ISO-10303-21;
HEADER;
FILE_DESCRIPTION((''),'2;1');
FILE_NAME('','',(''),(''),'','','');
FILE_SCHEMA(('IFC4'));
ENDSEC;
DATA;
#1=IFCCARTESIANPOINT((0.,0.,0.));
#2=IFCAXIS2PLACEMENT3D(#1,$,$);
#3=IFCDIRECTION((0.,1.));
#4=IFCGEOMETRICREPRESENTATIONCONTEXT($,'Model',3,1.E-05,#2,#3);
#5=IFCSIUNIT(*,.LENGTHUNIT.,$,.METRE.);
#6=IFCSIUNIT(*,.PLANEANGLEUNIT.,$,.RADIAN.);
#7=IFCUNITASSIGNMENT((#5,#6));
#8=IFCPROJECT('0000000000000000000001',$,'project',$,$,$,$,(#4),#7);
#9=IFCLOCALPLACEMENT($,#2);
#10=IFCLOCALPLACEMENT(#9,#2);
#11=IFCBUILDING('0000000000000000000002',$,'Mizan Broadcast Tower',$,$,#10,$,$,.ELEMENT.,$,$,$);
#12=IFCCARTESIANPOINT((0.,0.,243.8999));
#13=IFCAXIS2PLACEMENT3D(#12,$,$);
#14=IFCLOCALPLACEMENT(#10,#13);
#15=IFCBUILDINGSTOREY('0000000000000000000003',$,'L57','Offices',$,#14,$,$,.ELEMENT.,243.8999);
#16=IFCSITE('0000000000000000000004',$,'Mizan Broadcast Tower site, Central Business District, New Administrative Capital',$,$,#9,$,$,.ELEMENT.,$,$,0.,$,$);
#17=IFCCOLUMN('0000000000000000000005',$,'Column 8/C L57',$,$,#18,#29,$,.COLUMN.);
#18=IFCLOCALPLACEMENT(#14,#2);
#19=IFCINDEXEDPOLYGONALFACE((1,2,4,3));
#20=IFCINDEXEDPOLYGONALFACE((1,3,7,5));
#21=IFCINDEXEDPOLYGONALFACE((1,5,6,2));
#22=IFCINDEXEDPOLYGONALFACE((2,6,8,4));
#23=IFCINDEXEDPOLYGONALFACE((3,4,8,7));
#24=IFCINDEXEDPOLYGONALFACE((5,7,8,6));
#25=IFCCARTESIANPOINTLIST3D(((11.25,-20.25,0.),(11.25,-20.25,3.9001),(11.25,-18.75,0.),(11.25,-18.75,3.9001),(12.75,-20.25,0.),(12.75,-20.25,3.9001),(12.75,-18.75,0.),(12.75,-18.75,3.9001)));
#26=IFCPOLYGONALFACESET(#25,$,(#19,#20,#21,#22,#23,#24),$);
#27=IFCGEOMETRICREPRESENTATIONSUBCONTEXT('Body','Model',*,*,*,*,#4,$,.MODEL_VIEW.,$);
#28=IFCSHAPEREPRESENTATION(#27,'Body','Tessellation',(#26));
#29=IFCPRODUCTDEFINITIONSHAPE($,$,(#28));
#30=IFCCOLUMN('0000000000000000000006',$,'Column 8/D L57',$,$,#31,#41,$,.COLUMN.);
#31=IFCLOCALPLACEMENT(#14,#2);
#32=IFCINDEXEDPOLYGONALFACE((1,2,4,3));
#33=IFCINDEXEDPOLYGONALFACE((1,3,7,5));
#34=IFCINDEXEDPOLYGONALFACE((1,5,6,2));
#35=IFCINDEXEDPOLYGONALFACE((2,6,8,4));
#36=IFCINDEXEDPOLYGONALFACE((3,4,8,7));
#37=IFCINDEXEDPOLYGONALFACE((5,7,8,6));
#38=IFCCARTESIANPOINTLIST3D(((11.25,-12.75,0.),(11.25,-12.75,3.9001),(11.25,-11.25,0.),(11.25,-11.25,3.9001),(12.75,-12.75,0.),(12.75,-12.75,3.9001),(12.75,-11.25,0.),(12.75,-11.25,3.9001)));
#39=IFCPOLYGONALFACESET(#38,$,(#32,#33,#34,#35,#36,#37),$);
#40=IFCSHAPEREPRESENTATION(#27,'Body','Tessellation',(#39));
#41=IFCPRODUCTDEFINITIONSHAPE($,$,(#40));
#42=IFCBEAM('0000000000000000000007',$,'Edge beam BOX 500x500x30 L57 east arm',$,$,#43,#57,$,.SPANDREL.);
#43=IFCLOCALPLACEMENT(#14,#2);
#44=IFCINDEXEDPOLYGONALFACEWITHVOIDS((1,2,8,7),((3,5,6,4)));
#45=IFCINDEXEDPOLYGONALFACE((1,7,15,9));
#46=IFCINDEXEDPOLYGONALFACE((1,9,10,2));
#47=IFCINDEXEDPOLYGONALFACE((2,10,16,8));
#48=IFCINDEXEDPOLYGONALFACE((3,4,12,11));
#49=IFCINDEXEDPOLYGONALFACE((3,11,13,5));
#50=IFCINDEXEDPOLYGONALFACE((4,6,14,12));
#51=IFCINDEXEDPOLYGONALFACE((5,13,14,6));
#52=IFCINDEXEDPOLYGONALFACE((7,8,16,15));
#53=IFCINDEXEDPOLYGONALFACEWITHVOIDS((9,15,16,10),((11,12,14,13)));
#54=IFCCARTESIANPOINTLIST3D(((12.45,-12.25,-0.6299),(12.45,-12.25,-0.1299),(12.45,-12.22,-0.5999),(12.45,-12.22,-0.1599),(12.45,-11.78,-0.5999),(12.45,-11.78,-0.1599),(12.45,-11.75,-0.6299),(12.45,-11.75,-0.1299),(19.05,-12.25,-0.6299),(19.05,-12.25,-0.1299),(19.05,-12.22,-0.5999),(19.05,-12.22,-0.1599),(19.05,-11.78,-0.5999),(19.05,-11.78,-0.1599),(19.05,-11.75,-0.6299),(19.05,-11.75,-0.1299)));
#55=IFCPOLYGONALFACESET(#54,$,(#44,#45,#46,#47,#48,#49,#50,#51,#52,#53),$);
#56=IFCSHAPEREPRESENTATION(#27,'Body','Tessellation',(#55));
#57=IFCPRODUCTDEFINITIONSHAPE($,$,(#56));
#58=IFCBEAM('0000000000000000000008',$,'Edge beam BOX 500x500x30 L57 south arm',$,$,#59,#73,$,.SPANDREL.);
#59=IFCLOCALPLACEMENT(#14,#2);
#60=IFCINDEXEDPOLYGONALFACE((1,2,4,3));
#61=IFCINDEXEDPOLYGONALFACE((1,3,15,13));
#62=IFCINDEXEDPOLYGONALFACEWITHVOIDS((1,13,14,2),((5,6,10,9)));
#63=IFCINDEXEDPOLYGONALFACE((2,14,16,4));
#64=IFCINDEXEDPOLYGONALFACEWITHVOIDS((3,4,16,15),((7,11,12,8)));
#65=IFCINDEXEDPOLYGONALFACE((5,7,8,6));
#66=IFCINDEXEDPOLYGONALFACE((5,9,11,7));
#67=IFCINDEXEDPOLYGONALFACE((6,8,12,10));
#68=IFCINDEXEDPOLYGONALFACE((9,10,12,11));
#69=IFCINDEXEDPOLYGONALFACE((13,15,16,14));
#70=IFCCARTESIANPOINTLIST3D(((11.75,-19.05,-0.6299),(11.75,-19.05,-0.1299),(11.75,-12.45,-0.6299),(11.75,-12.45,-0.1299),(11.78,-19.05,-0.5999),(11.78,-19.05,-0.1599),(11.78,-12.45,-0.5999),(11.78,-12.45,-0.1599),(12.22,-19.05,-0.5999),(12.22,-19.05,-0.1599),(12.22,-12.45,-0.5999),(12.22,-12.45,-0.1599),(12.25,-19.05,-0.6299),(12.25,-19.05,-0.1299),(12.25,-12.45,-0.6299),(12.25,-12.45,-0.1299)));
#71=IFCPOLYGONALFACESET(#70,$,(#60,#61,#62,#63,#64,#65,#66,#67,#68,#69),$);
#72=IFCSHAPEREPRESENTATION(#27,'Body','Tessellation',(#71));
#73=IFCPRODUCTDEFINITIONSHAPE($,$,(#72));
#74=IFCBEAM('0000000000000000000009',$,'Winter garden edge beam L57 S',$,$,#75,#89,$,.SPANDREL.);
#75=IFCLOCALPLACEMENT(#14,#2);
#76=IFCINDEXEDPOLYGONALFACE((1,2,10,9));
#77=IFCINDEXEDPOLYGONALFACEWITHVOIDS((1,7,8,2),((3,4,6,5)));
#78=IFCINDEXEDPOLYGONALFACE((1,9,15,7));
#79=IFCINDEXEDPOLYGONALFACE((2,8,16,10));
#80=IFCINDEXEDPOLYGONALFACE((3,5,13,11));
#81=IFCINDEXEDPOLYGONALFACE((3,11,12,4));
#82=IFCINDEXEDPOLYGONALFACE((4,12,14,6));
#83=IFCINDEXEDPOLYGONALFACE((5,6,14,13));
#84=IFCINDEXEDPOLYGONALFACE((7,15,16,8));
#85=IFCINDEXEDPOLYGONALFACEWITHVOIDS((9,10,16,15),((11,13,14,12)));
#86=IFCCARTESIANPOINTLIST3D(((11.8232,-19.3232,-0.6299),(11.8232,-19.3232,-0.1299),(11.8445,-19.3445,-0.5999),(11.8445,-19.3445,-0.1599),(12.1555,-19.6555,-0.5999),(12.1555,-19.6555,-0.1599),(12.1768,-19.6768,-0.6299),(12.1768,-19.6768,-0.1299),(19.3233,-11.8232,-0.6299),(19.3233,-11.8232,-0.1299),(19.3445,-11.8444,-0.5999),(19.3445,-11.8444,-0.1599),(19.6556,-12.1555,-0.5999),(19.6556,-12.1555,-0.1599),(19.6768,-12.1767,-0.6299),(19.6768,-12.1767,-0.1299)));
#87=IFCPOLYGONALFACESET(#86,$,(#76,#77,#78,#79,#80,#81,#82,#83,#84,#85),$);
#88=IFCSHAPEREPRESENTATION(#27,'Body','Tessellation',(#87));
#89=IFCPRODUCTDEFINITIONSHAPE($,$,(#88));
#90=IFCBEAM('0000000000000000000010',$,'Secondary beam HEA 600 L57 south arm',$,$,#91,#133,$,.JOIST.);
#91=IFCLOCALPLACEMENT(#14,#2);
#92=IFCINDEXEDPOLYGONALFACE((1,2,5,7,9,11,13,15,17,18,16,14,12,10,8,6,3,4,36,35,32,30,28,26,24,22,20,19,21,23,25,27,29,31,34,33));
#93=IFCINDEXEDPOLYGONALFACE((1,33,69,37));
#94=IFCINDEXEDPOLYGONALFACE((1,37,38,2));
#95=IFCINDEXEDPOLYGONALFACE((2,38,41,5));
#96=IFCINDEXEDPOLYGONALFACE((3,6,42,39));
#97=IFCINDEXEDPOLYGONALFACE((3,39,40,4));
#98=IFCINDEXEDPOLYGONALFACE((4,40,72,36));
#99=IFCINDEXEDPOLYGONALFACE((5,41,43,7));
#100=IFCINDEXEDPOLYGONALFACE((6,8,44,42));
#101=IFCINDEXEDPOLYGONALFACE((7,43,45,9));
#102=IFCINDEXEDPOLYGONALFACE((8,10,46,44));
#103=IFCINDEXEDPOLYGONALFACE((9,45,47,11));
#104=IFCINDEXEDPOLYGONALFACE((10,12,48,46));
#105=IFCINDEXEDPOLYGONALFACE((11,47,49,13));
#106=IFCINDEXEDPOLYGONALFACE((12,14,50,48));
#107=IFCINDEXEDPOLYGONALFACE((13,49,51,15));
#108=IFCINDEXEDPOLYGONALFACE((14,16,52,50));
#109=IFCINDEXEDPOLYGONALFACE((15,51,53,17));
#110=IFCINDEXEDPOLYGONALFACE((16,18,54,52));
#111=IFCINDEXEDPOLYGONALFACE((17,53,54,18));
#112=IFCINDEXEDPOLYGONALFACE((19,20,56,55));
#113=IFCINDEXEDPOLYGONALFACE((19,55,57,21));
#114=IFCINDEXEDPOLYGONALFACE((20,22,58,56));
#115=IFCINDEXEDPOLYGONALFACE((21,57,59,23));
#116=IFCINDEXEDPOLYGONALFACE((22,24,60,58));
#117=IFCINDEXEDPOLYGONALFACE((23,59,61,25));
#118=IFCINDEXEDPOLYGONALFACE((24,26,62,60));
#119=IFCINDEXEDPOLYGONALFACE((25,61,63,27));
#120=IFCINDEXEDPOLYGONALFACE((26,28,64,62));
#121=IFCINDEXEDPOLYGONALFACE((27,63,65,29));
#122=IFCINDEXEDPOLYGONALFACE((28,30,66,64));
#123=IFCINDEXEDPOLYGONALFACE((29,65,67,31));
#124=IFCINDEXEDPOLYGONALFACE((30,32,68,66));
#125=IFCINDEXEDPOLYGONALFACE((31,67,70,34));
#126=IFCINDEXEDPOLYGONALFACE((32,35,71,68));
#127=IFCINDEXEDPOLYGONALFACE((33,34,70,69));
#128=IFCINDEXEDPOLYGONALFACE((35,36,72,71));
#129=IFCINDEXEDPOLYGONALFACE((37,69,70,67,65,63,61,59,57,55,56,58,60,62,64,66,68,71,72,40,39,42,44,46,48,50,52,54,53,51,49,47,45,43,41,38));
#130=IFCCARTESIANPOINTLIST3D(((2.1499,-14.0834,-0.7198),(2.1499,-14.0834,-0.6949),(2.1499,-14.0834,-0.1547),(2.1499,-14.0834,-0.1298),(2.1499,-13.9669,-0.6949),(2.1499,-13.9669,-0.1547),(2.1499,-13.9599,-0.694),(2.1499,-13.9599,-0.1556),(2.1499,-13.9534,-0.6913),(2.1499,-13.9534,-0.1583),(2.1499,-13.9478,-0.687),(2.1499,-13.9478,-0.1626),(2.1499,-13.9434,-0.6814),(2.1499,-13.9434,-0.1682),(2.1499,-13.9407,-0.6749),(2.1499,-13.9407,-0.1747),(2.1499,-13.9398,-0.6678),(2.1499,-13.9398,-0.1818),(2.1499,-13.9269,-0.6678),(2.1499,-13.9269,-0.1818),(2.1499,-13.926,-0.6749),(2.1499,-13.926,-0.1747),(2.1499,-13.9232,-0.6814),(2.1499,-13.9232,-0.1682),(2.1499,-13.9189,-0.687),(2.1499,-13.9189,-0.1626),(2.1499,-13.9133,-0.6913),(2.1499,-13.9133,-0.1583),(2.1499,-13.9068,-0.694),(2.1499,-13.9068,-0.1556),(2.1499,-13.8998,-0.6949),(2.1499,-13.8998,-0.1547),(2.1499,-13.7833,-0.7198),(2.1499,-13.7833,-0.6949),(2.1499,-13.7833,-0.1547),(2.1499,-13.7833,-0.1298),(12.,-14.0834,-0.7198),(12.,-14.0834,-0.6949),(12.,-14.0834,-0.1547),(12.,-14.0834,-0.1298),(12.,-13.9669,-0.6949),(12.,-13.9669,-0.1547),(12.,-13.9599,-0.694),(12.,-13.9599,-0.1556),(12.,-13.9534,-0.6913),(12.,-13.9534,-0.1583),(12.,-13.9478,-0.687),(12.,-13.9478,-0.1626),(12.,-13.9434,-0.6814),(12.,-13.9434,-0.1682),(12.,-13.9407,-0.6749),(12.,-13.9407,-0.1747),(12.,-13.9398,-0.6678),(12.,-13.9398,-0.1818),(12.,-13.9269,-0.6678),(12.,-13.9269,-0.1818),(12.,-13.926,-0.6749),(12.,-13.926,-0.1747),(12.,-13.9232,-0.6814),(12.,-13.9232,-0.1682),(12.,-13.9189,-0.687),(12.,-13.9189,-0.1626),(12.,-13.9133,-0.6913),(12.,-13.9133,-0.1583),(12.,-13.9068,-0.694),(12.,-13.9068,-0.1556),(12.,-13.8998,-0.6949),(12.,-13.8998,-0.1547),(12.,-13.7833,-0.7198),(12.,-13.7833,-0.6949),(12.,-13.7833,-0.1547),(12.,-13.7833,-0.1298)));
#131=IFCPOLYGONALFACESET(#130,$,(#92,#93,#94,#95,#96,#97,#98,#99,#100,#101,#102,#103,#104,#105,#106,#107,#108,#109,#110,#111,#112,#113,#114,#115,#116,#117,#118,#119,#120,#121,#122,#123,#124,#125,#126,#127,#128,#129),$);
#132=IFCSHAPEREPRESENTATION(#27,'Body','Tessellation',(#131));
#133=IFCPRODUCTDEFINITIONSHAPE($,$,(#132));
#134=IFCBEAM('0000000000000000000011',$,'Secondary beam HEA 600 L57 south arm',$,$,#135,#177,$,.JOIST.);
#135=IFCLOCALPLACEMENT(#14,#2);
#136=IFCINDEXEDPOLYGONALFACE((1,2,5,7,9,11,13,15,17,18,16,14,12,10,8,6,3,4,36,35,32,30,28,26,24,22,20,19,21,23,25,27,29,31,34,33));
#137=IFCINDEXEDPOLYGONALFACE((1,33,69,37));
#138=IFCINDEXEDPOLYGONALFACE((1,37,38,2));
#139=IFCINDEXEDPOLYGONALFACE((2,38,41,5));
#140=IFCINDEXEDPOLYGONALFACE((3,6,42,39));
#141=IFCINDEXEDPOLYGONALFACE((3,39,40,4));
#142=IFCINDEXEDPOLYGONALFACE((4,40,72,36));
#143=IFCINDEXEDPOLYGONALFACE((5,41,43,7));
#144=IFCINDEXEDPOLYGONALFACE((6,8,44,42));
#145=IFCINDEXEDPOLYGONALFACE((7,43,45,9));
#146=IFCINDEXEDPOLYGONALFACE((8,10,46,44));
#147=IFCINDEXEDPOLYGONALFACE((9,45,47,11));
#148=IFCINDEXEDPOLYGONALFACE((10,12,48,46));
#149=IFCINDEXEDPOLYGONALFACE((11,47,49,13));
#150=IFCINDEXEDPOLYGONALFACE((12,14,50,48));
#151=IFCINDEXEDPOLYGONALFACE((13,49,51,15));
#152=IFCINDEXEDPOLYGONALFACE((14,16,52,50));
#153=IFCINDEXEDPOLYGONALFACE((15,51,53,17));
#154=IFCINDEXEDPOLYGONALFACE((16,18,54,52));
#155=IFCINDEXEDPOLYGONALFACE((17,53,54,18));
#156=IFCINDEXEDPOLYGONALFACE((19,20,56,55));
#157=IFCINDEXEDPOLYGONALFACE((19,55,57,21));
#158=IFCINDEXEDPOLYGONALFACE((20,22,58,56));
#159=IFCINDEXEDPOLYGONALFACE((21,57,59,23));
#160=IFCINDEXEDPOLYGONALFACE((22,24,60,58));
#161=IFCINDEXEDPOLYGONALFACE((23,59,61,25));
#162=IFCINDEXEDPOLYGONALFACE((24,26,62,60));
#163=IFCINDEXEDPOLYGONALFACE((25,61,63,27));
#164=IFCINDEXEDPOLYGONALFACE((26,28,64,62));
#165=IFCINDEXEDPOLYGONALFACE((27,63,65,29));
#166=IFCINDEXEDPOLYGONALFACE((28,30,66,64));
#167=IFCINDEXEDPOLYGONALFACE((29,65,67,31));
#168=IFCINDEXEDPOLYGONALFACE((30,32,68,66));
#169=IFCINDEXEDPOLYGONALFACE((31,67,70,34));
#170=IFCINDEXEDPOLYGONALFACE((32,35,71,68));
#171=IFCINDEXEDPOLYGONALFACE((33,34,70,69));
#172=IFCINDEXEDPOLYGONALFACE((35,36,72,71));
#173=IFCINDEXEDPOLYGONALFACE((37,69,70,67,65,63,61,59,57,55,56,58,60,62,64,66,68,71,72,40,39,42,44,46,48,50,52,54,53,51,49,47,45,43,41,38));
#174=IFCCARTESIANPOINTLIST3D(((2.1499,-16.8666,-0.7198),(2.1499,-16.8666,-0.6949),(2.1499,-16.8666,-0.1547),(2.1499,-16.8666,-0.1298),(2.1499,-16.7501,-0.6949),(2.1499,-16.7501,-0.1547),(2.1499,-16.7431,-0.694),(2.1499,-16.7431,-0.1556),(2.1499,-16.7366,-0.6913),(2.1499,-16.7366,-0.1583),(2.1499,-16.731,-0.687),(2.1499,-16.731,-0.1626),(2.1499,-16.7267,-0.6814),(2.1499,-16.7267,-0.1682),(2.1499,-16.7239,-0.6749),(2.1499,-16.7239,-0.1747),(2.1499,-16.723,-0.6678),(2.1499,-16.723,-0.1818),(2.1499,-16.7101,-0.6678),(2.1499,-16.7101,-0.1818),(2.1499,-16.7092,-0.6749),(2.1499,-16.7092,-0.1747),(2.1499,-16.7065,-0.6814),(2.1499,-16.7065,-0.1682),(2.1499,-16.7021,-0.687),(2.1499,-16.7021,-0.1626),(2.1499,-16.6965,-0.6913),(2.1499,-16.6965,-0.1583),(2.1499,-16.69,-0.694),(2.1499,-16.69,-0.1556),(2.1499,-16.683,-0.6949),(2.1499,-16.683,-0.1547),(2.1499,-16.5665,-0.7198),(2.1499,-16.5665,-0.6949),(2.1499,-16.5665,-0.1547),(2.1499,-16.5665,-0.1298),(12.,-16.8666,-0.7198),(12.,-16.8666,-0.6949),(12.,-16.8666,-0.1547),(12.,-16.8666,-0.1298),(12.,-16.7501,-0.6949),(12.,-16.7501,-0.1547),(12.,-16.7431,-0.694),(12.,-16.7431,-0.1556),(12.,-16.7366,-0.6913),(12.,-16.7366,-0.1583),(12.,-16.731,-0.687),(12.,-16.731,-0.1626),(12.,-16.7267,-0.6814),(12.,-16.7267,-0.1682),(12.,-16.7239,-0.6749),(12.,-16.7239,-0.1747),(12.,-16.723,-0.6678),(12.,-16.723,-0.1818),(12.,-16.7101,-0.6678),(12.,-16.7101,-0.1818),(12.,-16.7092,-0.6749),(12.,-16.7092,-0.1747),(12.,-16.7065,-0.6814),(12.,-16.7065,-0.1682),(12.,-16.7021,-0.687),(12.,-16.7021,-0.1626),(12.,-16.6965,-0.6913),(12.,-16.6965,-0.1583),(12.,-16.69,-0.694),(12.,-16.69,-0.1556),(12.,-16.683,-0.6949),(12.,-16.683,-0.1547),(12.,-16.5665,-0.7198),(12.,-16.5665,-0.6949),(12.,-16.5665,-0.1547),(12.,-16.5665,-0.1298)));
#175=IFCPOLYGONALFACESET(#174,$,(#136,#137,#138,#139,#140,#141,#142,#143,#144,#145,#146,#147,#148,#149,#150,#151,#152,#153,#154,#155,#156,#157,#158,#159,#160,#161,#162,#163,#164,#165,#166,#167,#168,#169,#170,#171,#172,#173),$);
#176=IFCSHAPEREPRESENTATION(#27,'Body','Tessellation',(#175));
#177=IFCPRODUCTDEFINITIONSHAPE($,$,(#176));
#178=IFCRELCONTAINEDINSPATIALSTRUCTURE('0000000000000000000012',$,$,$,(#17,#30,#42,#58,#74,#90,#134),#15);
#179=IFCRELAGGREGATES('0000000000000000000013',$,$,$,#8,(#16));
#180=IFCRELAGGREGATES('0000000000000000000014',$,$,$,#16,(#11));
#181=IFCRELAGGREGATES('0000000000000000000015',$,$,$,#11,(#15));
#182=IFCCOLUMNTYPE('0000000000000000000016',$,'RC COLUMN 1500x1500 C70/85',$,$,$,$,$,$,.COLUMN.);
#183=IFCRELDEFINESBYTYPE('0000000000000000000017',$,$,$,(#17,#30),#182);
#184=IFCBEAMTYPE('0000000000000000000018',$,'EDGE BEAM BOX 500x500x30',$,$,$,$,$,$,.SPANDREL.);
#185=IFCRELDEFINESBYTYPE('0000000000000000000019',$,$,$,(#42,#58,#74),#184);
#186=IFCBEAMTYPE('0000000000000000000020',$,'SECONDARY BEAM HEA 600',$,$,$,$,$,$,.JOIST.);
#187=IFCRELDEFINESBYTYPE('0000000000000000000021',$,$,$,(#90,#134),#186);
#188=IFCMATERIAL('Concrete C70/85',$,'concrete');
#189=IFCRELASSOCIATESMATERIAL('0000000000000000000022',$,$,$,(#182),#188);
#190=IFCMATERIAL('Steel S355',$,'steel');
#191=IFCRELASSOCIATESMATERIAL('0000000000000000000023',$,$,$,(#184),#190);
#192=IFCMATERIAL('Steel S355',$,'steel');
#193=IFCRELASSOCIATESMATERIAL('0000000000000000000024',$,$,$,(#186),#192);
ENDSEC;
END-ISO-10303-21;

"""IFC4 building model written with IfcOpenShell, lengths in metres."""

from ifc_helpers import new_model, si_unit, direction, frame, origin, origin_2d, place, context, subcontext, project, spatial, rectangle, hollow_rectangle, i_section, extrude, material, material_profile, profile_set, type_object, element, save


model = new_model("IFC4")

# Units and contexts
model_context = context("Model", 3, precision=1e-05, world=origin(), true_north=direction((0.0, 1.0)))
body_context = subcontext(model_context, "Body", "Model", "MODEL_VIEW")
ifc_project = project(units=[si_unit("LENGTHUNIT", "METRE"), si_unit("PLANEANGLEUNIT", "RADIAN")], contexts=[model_context])

# Site, building, storey
site_placement = place(None, origin())
site = spatial("IfcSite", under=ifc_project, at=site_placement, Name="Mizan Broadcast Tower site, Central Business District, New Administrative Capital", CompositionType="ELEMENT", RefElevation=0.0)
building_placement = place(site_placement, origin())
building = spatial("IfcBuilding", under=site, at=building_placement, Name="Mizan Broadcast Tower", CompositionType="ELEMENT")
storey_placement = place(building_placement, frame((0.0, 0.0, 243.8999)))
storey = spatial("IfcBuildingStorey", under=building, at=storey_placement, Name="L57", Description="Offices", CompositionType="ELEMENT", Elevation=243.8999)

# Columns
ifc_material_1 = material(Name="Concrete C70/85", Category="concrete")
ifc_material_profile_1 = material_profile(ifc_material_1, rectangle(XDim=1.5, YDim=1.5, at=origin_2d()), Name="RC 1500x1500")
ifc_profile_set_1 = profile_set([ifc_material_profile_1], Name="Concrete C70/85")
column_type = type_object("IfcColumnType", Name="RC COLUMN 1500x1500 C70/85", PredefinedType="COLUMN", material=ifc_profile_set_1)
for number, where, z_axis, x_axis, name in (
    (1, (12.0, -19.5, 0.0), (0.0, 0.0, 1.0), (1.0, 0.0, 0.0), "Column 8/C L57"),
    (2, (12.0, -12.0, 0.0), (0.0, 0.0, 1.0), (1.0, 0.0, 0.0), "Column 8/D L57"),
):
    element("IfcColumn", number, at=place(storey_placement, frame(where, z_axis=z_axis, x_axis=x_axis)), inside=storey, type_object=column_type, Name=name, PredefinedType="COLUMN", context=body_context, shape_type="SweptSolid", body=[
        extrude(rectangle(XDim=1.5, YDim=1.5, at=origin_2d()), origin(), (0.0, 0.0, 1.0), 3.9001),
    ])

# Beams
ifc_material_2 = material(Name="Steel S355", Category="steel")
ifc_material_profile_2 = material_profile(ifc_material_2, hollow_rectangle(XDim=0.5, YDim=0.5, WallThickness=0.03, at=origin_2d()), Name="BOX 500x500x30")
ifc_profile_set_2 = profile_set([ifc_material_profile_2], Name="Steel S355")
beam_type_1 = type_object("IfcBeamType", Name="EDGE BEAM BOX 500x500x30", PredefinedType="SPANDREL", material=ifc_profile_set_2)
for number, where, z_axis, x_axis, name in (
    (3, (12.45, -12.0, -0.3799), (1.0, 0.0, 0.0), (0.0, 1.0, 0.0), "Edge beam BOX 500x500x30 L57 east arm"),
    (4, (12.0, -12.45, -0.3799), (0.0, -1.0, 0.0), (1.0, 0.0, 0.0), "Edge beam BOX 500x500x30 L57 south arm"),
):
    element("IfcBeam", number, at=place(storey_placement, frame(where, z_axis=z_axis, x_axis=x_axis)), inside=storey, type_object=beam_type_1, Name=name, PredefinedType="SPANDREL", context=body_context, shape_type="SweptSolid", body=[
        extrude(hollow_rectangle(XDim=0.5, YDim=0.5, WallThickness=0.03, at=origin_2d()), origin(), (0.0, 0.0, 1.0), 6.6001),
    ])
beam_1_placement = place(storey_placement, frame((12.0, -19.5, -0.3799), z_axis=(0.707107, 0.707107, 0.0), x_axis=(-0.707107, 0.707107, 0.0)))
element("IfcBeam", 5, at=beam_1_placement, inside=storey, type_object=beam_type_1, Name="Winter garden edge beam L57 S", PredefinedType="SPANDREL", context=body_context, shape_type="SweptSolid", body=[
    extrude(hollow_rectangle(XDim=0.5, YDim=0.5, WallThickness=0.03, at=origin_2d()), origin(), (0.0, 0.0, 1.0), 10.6067),
])
ifc_material_3 = material(Name="Steel S355", Category="steel")
ifc_material_profile_3 = material_profile(ifc_material_3, i_section(OverallWidth=0.3, OverallDepth=0.5901, WebThickness=0.0129, FlangeThickness=0.0249, FilletRadius=0.0271, at=origin_2d()), Name="HEA 600")
ifc_profile_set_3 = profile_set([ifc_material_profile_3], Name="Steel S355")
beam_type_2 = type_object("IfcBeamType", Name="SECONDARY BEAM HEA 600", PredefinedType="JOIST", material=ifc_profile_set_3)
for number, where, z_axis, x_axis, name in (
    (6, (12.0, -13.9333, -0.4248), (-1.0, 0.0, 0.0), (0.0, -1.0, 0.0), "Secondary beam HEA 600 L57 south arm"),
    (7, (12.0, -16.7166, -0.4248), (-1.0, 0.0, 0.0), (0.0, -1.0, 0.0), "Secondary beam HEA 600 L57 south arm"),
):
    element("IfcBeam", number, at=place(storey_placement, frame(where, z_axis=z_axis, x_axis=x_axis)), inside=storey, type_object=beam_type_2, Name=name, PredefinedType="JOIST", context=body_context, shape_type="SweptSolid", body=[
        extrude(i_section(OverallWidth=0.3, OverallDepth=0.5901, WebThickness=0.0129, FlangeThickness=0.0249, FilletRadius=0.0271, at=origin_2d()), origin(), (0.0, 0.0, 1.0), 9.8501),
    ])

save(model, "model.ifc")
